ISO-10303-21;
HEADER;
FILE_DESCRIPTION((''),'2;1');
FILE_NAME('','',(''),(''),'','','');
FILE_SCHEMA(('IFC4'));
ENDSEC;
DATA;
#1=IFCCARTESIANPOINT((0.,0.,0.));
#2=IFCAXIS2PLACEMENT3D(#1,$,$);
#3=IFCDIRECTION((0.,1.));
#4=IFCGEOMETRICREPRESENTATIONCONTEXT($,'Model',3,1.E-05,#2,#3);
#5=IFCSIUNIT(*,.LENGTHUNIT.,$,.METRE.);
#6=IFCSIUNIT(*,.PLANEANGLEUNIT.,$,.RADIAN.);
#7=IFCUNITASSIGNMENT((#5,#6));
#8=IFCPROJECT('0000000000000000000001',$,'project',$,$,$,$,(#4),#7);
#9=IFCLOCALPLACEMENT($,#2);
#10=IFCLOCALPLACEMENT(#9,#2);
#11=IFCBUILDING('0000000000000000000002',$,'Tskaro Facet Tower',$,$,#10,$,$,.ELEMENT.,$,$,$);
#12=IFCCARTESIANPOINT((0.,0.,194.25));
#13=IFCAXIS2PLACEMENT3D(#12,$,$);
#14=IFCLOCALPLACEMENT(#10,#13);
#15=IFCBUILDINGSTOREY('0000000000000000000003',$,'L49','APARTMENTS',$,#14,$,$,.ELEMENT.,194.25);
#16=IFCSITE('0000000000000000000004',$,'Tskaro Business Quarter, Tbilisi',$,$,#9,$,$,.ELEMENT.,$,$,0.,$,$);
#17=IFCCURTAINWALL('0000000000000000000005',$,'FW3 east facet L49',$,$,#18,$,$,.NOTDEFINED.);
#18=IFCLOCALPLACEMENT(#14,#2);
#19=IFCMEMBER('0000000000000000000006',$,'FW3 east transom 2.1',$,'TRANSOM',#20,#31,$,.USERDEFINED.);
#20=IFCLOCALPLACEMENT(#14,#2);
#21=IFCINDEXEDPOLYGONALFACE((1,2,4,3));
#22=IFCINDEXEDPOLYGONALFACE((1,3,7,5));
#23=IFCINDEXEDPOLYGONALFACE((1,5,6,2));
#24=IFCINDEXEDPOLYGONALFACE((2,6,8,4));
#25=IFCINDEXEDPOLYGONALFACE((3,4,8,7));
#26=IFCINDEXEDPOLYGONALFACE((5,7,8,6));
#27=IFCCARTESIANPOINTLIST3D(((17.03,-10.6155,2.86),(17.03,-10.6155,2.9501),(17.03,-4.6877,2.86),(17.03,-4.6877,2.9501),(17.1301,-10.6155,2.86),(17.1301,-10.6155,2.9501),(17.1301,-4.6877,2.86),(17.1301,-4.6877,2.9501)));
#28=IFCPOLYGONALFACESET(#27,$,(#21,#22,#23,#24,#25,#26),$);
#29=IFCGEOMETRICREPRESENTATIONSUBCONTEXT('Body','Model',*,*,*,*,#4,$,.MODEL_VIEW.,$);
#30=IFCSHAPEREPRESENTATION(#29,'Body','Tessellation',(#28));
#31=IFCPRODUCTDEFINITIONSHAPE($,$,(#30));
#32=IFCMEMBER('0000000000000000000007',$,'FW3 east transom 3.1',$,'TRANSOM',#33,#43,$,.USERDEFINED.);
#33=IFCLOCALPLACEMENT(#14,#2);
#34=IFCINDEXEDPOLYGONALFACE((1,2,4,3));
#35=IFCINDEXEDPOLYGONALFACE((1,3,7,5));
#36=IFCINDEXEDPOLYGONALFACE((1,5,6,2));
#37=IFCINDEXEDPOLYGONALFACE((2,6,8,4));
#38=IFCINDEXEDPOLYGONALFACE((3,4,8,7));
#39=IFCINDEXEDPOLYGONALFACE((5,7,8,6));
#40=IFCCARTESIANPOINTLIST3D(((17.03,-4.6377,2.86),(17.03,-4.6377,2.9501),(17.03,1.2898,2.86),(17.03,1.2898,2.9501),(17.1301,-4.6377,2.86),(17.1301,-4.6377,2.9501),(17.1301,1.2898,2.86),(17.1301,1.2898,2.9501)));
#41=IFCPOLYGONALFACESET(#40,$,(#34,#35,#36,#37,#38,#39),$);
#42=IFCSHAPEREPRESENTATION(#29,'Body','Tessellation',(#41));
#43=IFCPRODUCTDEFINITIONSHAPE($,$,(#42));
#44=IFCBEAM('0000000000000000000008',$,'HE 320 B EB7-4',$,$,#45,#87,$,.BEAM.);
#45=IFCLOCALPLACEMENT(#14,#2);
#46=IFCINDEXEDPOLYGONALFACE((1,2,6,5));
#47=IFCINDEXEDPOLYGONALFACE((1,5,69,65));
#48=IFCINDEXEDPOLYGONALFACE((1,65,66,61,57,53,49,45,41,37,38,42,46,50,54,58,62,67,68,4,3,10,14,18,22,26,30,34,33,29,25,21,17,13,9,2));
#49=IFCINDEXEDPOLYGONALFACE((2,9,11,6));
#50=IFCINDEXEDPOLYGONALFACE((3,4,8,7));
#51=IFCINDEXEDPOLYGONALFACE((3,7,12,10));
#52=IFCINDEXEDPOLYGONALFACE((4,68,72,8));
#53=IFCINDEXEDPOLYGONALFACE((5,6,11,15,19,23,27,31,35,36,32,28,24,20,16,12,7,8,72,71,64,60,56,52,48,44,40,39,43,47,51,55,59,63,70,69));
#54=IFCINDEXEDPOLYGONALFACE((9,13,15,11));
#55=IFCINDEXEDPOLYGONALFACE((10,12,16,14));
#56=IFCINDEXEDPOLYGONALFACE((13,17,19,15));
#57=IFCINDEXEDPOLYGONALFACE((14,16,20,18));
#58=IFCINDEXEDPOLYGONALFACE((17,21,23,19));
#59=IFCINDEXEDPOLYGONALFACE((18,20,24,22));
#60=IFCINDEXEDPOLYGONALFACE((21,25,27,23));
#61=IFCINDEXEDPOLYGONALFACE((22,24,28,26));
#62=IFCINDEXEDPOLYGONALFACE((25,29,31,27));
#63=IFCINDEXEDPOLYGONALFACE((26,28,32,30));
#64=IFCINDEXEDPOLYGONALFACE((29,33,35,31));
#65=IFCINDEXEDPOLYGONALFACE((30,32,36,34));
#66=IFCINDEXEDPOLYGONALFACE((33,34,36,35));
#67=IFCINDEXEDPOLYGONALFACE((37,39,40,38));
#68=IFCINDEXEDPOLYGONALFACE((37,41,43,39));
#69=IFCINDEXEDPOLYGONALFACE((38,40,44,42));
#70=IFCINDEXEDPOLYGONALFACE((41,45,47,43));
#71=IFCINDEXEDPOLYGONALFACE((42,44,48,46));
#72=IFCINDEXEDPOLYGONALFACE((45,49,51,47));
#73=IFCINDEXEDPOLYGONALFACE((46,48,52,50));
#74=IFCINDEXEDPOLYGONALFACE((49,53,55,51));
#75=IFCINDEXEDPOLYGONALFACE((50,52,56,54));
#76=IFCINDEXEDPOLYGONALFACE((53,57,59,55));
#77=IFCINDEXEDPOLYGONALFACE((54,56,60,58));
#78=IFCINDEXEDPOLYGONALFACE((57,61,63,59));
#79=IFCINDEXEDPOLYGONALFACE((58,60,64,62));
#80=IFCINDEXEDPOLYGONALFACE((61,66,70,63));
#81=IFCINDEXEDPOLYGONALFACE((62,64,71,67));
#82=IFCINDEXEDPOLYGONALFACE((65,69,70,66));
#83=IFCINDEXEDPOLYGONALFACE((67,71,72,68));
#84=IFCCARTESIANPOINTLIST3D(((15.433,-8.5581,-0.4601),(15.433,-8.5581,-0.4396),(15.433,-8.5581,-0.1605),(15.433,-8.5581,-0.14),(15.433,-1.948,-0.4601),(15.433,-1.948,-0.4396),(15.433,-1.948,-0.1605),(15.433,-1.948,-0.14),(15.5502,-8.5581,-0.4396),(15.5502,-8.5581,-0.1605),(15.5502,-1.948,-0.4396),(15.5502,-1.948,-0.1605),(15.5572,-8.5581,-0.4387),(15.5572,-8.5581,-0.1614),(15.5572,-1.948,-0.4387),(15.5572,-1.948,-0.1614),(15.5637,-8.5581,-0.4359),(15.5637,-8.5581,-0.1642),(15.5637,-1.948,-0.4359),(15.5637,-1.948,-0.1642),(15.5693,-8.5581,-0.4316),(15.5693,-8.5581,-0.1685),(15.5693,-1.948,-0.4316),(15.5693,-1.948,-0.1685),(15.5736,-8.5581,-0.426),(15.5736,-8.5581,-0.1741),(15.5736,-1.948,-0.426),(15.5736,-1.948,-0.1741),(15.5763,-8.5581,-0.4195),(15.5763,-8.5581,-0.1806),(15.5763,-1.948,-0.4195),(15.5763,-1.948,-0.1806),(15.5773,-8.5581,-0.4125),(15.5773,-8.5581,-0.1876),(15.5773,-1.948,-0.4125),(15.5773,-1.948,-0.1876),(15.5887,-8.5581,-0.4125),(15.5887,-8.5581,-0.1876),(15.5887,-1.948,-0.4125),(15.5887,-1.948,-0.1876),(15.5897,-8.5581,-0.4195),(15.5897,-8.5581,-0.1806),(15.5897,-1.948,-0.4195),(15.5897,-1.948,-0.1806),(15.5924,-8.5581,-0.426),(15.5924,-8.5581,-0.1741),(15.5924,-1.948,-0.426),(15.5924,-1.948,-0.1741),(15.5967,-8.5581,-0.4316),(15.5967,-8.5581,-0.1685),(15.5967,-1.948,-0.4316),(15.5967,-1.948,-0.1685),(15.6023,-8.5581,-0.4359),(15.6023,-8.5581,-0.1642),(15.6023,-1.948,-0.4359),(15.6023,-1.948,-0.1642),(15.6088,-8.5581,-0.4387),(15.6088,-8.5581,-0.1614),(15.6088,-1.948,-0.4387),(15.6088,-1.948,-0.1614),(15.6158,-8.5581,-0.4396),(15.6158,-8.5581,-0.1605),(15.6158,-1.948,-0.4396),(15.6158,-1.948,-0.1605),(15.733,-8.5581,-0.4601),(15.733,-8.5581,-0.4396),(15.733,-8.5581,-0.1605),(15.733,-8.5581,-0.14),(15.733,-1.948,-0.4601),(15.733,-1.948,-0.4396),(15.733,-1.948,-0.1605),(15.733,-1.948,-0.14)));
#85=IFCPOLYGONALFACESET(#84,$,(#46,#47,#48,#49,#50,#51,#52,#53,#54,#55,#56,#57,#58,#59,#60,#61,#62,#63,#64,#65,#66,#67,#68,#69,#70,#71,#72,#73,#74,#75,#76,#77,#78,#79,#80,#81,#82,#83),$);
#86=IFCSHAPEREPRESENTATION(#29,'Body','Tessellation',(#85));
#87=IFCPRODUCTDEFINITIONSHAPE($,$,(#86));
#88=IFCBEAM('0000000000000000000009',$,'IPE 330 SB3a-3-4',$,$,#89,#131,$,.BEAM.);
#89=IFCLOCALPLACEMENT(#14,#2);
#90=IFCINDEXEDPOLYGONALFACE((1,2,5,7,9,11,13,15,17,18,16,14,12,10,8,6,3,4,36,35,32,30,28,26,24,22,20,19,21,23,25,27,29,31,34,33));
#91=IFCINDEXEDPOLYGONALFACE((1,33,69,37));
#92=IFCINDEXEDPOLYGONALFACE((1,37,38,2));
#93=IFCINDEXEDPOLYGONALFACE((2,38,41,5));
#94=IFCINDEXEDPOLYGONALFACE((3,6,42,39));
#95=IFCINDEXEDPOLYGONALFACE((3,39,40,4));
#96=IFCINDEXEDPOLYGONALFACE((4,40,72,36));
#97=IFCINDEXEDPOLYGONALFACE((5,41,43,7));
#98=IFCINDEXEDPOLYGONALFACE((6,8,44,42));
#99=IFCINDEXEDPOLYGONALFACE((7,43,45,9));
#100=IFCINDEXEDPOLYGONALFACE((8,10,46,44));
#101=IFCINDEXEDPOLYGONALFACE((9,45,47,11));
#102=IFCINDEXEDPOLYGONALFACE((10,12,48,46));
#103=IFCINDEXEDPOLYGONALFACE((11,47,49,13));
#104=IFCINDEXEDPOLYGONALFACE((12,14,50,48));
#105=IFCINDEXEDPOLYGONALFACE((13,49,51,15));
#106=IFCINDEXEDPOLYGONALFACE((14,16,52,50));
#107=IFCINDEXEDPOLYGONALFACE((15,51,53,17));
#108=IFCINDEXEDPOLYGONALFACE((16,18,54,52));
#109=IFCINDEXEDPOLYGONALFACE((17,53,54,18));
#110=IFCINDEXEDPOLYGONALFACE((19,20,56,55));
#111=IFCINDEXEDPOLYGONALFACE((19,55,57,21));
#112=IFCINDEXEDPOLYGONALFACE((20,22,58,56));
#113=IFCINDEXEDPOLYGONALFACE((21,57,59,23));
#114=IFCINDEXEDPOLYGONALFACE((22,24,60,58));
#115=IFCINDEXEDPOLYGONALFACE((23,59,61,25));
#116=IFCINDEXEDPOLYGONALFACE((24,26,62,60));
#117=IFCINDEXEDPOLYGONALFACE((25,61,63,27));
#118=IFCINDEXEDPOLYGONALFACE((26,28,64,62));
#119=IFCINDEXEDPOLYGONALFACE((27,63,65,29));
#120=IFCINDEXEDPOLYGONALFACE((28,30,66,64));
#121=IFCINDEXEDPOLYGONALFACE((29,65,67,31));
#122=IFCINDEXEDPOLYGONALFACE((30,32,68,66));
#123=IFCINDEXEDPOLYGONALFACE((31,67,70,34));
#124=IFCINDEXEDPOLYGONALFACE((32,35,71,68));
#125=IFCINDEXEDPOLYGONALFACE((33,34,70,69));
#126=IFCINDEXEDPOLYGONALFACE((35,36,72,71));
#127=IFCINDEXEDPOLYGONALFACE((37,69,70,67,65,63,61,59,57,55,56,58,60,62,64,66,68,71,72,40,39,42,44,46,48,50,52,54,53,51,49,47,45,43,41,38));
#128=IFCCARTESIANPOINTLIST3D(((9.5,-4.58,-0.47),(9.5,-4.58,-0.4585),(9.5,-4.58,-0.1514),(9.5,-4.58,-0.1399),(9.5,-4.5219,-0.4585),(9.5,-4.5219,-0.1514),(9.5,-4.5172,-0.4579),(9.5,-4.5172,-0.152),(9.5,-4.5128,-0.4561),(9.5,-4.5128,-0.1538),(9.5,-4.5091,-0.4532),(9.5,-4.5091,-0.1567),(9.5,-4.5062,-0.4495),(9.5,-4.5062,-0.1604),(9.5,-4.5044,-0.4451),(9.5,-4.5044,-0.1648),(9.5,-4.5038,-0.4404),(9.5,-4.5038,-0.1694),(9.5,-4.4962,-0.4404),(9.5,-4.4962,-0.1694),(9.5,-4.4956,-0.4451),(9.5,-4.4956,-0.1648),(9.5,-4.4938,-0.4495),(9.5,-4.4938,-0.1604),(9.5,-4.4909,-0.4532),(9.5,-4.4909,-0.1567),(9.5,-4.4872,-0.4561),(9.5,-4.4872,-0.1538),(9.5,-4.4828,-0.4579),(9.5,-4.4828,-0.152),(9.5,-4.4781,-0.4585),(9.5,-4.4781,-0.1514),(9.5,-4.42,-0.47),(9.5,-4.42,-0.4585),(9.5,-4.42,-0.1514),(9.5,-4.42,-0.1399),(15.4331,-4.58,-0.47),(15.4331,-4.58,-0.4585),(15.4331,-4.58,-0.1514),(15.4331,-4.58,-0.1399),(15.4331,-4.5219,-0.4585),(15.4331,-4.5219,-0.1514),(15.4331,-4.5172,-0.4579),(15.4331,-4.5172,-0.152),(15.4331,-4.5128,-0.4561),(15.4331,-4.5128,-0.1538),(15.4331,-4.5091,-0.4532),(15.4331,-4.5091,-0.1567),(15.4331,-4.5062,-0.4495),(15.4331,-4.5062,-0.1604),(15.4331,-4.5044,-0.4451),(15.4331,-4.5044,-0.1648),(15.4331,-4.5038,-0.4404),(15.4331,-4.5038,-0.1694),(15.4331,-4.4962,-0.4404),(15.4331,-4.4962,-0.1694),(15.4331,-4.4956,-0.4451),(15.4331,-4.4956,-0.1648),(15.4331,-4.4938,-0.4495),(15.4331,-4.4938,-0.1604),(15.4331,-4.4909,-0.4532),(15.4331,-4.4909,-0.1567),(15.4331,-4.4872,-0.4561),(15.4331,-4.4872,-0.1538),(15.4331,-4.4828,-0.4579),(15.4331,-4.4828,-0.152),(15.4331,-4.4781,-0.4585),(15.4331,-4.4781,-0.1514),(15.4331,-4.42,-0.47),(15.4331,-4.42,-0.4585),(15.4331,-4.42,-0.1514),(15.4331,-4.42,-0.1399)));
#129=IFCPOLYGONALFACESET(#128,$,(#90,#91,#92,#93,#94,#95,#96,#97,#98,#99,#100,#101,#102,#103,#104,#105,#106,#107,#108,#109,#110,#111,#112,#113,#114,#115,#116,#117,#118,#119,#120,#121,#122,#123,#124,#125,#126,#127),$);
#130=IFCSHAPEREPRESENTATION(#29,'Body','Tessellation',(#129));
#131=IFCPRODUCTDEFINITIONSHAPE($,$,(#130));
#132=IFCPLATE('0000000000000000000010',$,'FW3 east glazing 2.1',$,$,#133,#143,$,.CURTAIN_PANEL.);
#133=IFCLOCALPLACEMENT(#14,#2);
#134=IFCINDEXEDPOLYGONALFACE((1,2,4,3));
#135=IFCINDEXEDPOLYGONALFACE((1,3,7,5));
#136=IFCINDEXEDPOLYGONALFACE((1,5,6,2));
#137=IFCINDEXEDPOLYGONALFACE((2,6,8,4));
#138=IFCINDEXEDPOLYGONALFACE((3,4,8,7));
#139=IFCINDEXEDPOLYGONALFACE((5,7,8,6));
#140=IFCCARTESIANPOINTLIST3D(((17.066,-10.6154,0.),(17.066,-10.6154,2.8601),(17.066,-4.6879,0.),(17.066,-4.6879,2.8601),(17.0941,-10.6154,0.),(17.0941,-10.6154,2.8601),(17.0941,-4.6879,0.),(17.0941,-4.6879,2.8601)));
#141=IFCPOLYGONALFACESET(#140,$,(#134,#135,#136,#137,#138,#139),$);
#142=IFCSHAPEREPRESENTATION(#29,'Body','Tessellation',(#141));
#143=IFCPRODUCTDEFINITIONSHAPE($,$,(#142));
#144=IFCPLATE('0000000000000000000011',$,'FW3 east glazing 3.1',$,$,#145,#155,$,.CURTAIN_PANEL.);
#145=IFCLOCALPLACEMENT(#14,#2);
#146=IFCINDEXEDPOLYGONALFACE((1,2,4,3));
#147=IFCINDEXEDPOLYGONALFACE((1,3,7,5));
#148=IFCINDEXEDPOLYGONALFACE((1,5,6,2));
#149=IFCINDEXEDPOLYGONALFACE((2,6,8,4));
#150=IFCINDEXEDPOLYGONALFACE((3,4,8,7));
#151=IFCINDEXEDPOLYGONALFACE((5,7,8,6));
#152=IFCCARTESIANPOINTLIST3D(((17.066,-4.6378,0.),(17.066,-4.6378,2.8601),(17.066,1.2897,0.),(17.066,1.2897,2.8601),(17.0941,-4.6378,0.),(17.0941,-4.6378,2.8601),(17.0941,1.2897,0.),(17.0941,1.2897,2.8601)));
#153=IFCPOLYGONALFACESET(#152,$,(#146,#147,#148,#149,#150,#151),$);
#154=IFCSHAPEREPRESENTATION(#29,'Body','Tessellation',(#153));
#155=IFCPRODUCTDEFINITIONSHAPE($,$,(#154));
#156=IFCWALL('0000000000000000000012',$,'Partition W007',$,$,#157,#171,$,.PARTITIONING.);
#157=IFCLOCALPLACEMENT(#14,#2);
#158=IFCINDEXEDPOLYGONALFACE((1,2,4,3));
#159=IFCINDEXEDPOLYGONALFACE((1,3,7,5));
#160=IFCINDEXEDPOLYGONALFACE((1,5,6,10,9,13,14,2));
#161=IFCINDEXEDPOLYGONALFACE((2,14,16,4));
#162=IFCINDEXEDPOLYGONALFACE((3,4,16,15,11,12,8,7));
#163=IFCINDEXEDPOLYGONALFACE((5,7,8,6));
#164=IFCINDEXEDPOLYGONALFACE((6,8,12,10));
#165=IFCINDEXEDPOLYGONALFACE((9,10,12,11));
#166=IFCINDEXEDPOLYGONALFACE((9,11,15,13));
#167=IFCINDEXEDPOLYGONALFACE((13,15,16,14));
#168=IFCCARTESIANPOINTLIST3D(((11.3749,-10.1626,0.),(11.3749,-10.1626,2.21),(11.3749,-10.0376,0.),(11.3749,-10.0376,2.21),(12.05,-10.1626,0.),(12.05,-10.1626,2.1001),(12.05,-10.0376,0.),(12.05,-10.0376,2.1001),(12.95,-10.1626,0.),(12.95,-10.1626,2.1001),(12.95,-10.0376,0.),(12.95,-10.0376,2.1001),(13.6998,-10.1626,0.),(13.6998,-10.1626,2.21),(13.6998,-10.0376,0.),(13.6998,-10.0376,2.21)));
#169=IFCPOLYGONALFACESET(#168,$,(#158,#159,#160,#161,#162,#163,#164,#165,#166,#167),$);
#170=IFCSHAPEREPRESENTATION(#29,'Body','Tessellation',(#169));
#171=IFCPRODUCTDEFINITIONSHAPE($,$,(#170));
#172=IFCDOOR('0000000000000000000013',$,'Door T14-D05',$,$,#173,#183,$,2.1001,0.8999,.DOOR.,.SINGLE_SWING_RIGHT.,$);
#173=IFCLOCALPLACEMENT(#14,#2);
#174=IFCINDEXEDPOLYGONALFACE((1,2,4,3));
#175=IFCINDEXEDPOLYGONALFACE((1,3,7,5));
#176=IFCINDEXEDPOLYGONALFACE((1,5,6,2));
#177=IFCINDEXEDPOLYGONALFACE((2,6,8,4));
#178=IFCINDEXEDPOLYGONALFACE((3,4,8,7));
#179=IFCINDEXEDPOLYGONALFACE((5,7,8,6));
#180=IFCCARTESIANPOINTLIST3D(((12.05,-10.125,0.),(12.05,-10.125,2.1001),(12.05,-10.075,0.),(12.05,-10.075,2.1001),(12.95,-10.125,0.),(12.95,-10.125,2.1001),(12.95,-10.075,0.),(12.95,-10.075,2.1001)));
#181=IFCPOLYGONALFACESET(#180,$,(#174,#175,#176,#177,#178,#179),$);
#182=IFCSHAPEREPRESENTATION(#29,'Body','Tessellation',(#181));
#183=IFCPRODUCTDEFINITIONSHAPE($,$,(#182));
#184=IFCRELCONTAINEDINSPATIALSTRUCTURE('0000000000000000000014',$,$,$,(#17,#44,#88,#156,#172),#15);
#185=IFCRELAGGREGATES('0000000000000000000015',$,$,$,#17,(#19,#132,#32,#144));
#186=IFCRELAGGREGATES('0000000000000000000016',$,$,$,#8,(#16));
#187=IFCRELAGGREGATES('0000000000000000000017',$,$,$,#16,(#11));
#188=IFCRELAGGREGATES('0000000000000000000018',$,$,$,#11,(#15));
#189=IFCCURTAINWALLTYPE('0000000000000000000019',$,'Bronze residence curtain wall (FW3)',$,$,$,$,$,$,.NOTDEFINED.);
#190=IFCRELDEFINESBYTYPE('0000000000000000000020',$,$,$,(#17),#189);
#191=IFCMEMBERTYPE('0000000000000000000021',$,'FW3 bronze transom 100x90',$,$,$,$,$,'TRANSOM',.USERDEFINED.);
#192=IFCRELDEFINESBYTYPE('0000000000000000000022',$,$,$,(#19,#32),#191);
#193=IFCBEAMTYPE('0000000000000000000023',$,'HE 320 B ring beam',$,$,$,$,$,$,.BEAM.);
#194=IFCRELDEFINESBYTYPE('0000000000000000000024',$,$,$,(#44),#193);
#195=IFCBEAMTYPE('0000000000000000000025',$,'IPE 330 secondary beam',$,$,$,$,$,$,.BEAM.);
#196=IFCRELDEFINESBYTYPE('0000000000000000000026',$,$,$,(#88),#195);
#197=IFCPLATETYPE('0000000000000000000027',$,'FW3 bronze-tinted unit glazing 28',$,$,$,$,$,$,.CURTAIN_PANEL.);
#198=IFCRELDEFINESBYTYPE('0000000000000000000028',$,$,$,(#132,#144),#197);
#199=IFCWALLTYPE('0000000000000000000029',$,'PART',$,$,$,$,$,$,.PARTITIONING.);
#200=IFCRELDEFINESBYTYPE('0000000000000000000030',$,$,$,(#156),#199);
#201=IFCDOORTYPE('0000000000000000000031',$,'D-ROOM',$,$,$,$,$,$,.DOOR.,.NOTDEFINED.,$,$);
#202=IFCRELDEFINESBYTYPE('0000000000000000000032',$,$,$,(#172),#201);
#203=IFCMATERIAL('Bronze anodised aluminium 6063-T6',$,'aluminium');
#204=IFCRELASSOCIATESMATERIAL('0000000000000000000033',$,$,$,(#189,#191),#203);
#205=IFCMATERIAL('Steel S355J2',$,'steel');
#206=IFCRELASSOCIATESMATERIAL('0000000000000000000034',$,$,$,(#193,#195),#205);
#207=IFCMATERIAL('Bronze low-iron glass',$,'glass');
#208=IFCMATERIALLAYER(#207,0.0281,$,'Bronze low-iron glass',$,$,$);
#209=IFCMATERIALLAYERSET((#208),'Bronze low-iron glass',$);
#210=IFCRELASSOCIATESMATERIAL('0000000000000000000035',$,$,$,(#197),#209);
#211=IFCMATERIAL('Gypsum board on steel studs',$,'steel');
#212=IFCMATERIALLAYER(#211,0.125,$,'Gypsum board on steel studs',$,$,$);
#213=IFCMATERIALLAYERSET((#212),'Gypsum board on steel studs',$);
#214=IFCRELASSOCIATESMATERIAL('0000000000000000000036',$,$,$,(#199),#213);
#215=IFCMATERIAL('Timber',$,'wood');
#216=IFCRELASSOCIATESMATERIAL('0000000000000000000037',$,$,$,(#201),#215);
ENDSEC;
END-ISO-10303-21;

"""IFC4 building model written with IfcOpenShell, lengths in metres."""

from ifc_helpers import new_model, si_unit, direction, frame, frame_2d, origin, origin_2d, place, context, subcontext, project, spatial, rectangle, i_section, extrude, material, layer, layer_set, material_profile, profile_set, type_object, element, fill, aggregate, save


model = new_model("IFC4")

# Units and contexts
model_context = context("Model", 3, precision=1e-05, world=origin(), true_north=direction((0.0, 1.0)))
body_context = subcontext(model_context, "Body", "Model", "MODEL_VIEW")
ifc_project = project(units=[si_unit("LENGTHUNIT", "METRE"), si_unit("PLANEANGLEUNIT", "RADIAN")], contexts=[model_context])

# Site, building, storey
site_placement = place(None, origin())
site = spatial("IfcSite", under=ifc_project, at=site_placement, Name="Tskaro Business Quarter, Tbilisi", CompositionType="ELEMENT", RefElevation=0.0)
building_placement = place(site_placement, origin())
building = spatial("IfcBuilding", under=site, at=building_placement, Name="Tskaro Facet Tower", CompositionType="ELEMENT")
storey_placement = place(building_placement, frame((0.0, 0.0, 194.25)))
storey = spatial("IfcBuildingStorey", under=building, at=storey_placement, Name="L49", Description="APARTMENTS", CompositionType="ELEMENT", Elevation=194.25)

# Curtain wall, members
ifc_material_1 = material(Name="Bronze anodised aluminium 6063-T6", Category="aluminium")
curtain_wall_type = type_object("IfcCurtainWallType", Name="Bronze residence curtain wall (FW3)", PredefinedType="NOTDEFINED", material=ifc_material_1)
curtain_wall_placement = place(storey_placement, origin())
curtain_wall = element("IfcCurtainWall", 1, at=curtain_wall_placement, inside=storey, type_object=curtain_wall_type, Name="FW3 east facet L49", PredefinedType="NOTDEFINED")
ifc_material_profile_1 = material_profile(ifc_material_1, rectangle(XDim=0.1001, YDim=0.0901, at=origin_2d()), Name="Transom 100x90")
ifc_profile_set_1 = profile_set([ifc_material_profile_1], Name="Bronze anodised aluminium 6063-T6")
member_type_1 = type_object("IfcMemberType", Name="FW3 bronze transom 100x90", ElementType="TRANSOM", PredefinedType="USERDEFINED", material=ifc_profile_set_1)
member_1_placement = place(storey_placement, frame((17.0801, -10.6155, 2.905), z_axis=(0.0, 1.0, 0.0), x_axis=(-1.0, 0.0, 0.0)))
member_1 = element("IfcMember", 2, at=member_1_placement, type_object=member_type_1, Name="FW3 east transom 2.1", ObjectType="TRANSOM", PredefinedType="USERDEFINED", context=body_context, shape_type="SweptSolid", body=[
    extrude(rectangle(XDim=0.1001, YDim=0.0901, at=origin_2d()), origin(), (0.0, 0.0, 1.0), 5.9277),
])
member_2_placement = place(storey_placement, frame((17.0801, -4.6377, 2.905), z_axis=(0.0, 1.0, 0.0), x_axis=(-1.0, 0.0, 0.0)))
member_2 = element("IfcMember", 3, at=member_2_placement, type_object=member_type_1, Name="FW3 east transom 3.1", ObjectType="TRANSOM", PredefinedType="USERDEFINED", context=body_context, shape_type="SweptSolid", body=[
    extrude(rectangle(XDim=0.1001, YDim=0.0901, at=origin_2d()), origin(), (0.0, 0.0, 1.0), 5.9275),
])

# Beams
ifc_material_2 = material(Name="Steel S355J2", Category="steel")
ifc_material_profile_2 = material_profile(ifc_material_2, i_section(OverallWidth=0.3, OverallDepth=0.3201, WebThickness=0.0115, FlangeThickness=0.0205, FilletRadius=0.0271, at=origin_2d()), Name="HE 320 B")
ifc_profile_set_2 = profile_set([ifc_material_profile_2], Name="Steel S355J2")
beam_type_1 = type_object("IfcBeamType", Name="HE 320 B ring beam", PredefinedType="BEAM", material=ifc_profile_set_2)
beam_1_placement = place(storey_placement, frame((15.583, -8.5581, -0.3), z_axis=(0.0, 1.0, 0.0), x_axis=(-1.0, 0.0, 0.0)))
element("IfcBeam", 4, at=beam_1_placement, inside=storey, type_object=beam_type_1, Name="HE 320 B EB7-4", PredefinedType="BEAM", context=body_context, shape_type="SweptSolid", body=[
    extrude(i_section(OverallWidth=0.3, OverallDepth=0.3201, WebThickness=0.0115, FlangeThickness=0.0205, FilletRadius=0.0271, at=origin_2d()), origin(), (0.0, 0.0, 1.0), 6.6101),
])
ifc_material_profile_3 = material_profile(ifc_material_2, i_section(OverallWidth=0.1599, OverallDepth=0.3301, WebThickness=0.0076, FlangeThickness=0.0115, FilletRadius=0.0181, at=origin_2d()), Name="IPE 330")
ifc_profile_set_3 = profile_set([ifc_material_profile_3], Name="Steel S355J2")
beam_type_2 = type_object("IfcBeamType", Name="IPE 330 secondary beam", PredefinedType="BEAM", material=ifc_profile_set_3)
beam_2_placement = place(storey_placement, frame((9.5, -4.5, -0.3049), z_axis=(1.0, 0.0, 0.0), x_axis=(0.0, 1.0, 0.0)))
element("IfcBeam", 5, at=beam_2_placement, inside=storey, type_object=beam_type_2, Name="IPE 330 SB3a-3-4", PredefinedType="BEAM", context=body_context, shape_type="SweptSolid", body=[
    extrude(i_section(OverallWidth=0.1599, OverallDepth=0.3301, WebThickness=0.0076, FlangeThickness=0.0115, FilletRadius=0.0181, at=origin_2d()), origin(), (0.0, 0.0, 1.0), 5.9331),
])

# Plates
ifc_material_3 = material(Name="Bronze low-iron glass", Category="glass")
ifc_layer_1 = layer(ifc_material_3, 0.0281, Name="Bronze low-iron glass")
ifc_layer_set_1 = layer_set([ifc_layer_1], Name="Bronze low-iron glass")
plate_type = type_object("IfcPlateType", Name="FW3 bronze-tinted unit glazing 28", PredefinedType="CURTAIN_PANEL", material=ifc_layer_set_1)
plate_1_placement = place(storey_placement, frame((17.0801, -7.6516, 0.0), z_axis=(0.0, 0.0, 1.0), x_axis=(0.0, 1.0, 0.0)))
plate_1 = element("IfcPlate", 6, at=plate_1_placement, type_object=plate_type, Name="FW3 east glazing 2.1", PredefinedType="CURTAIN_PANEL", context=body_context, shape_type="SweptSolid", body=[
    extrude(rectangle(XDim=5.9275, YDim=0.0281, at=origin_2d()), origin(), (0.0, 0.0, 1.0), 2.8601),
])
plate_2_placement = place(storey_placement, frame((17.0801, -1.6741, 0.0), z_axis=(0.0, 0.0, 1.0), x_axis=(0.0, 1.0, 0.0)))
plate_2 = element("IfcPlate", 7, at=plate_2_placement, type_object=plate_type, Name="FW3 east glazing 3.1", PredefinedType="CURTAIN_PANEL", context=body_context, shape_type="SweptSolid", body=[
    extrude(rectangle(XDim=5.9275, YDim=0.0281, at=origin_2d()), origin(), (0.0, 0.0, 1.0), 2.8601),
])
aggregate(curtain_wall, [member_1, plate_1, member_2, plate_2])

# Wall, opening, door
ifc_material_4 = material(Name="Gypsum board on steel studs", Category="steel")
ifc_layer_2 = layer(ifc_material_4, 0.125, Name="Gypsum board on steel studs")
ifc_layer_set_2 = layer_set([ifc_layer_2], Name="Gypsum board on steel studs")
wall_type_1 = type_object("IfcWallType", Name="PART", PredefinedType="PARTITIONING", material=ifc_layer_set_2)
wall_1_placement = place(storey_placement, frame((13.7, -10.1001, 0.0), z_axis=(0.0, 0.0, 1.0), x_axis=(-1.0, 0.0, 0.0)))
wall_1 = element("IfcWall", 8, at=wall_1_placement, inside=storey, type_object=wall_type_1, Name="Partition W007", PredefinedType="PARTITIONING", context=body_context, shape_type="SweptSolid", body=[
    extrude(rectangle(XDim=2.325, YDim=0.125, at=frame_2d((1.1626, 0.0))), origin(), (0.0, 0.0, 1.0), 2.21),
])
opening_1_placement = place(wall_1_placement, frame((0.75, 0.0, 0.0)))
opening_1 = element("IfcOpeningElement", 9, at=opening_1_placement, cuts=wall_1, PredefinedType="OPENING", context=body_context, shape_type="SweptSolid", body=[
    extrude(rectangle(XDim=0.8999, YDim=2.1001, at=frame_2d((0.45, 1.05))), frame((0.0, 0.0725, 0.0), z_axis=(0.0, -1.0, 0.0), x_axis=(1.0, 0.0, 0.0)), (0.0, 0.0, 1.0), 0.145),
])
ifc_material_5 = material(Name="Timber", Category="wood")
door_type = type_object("IfcDoorType", Name="D-ROOM", OperationType="NOTDEFINED", PredefinedType="DOOR", material=ifc_material_5)
door_1_placement = place(opening_1_placement, origin())
door_1 = element("IfcDoor", 10, at=door_1_placement, inside=storey, type_object=door_type, Name="Door T14-D05", OperationType="SINGLE_SWING_RIGHT", OverallHeight=2.1001, OverallWidth=0.8999, PredefinedType="DOOR", context=body_context, shape_type="SweptSolid", body=[
    extrude(rectangle(XDim=0.8999, YDim=2.1001, at=frame_2d((0.45, 1.05))), frame((0.0, 0.0249, 0.0), z_axis=(0.0, -1.0, 0.0), x_axis=(1.0, 0.0, 0.0)), (0.0, 0.0, 1.0), 0.05),
])
fill(opening_1, door_1)

save(model, "model.ifc")
